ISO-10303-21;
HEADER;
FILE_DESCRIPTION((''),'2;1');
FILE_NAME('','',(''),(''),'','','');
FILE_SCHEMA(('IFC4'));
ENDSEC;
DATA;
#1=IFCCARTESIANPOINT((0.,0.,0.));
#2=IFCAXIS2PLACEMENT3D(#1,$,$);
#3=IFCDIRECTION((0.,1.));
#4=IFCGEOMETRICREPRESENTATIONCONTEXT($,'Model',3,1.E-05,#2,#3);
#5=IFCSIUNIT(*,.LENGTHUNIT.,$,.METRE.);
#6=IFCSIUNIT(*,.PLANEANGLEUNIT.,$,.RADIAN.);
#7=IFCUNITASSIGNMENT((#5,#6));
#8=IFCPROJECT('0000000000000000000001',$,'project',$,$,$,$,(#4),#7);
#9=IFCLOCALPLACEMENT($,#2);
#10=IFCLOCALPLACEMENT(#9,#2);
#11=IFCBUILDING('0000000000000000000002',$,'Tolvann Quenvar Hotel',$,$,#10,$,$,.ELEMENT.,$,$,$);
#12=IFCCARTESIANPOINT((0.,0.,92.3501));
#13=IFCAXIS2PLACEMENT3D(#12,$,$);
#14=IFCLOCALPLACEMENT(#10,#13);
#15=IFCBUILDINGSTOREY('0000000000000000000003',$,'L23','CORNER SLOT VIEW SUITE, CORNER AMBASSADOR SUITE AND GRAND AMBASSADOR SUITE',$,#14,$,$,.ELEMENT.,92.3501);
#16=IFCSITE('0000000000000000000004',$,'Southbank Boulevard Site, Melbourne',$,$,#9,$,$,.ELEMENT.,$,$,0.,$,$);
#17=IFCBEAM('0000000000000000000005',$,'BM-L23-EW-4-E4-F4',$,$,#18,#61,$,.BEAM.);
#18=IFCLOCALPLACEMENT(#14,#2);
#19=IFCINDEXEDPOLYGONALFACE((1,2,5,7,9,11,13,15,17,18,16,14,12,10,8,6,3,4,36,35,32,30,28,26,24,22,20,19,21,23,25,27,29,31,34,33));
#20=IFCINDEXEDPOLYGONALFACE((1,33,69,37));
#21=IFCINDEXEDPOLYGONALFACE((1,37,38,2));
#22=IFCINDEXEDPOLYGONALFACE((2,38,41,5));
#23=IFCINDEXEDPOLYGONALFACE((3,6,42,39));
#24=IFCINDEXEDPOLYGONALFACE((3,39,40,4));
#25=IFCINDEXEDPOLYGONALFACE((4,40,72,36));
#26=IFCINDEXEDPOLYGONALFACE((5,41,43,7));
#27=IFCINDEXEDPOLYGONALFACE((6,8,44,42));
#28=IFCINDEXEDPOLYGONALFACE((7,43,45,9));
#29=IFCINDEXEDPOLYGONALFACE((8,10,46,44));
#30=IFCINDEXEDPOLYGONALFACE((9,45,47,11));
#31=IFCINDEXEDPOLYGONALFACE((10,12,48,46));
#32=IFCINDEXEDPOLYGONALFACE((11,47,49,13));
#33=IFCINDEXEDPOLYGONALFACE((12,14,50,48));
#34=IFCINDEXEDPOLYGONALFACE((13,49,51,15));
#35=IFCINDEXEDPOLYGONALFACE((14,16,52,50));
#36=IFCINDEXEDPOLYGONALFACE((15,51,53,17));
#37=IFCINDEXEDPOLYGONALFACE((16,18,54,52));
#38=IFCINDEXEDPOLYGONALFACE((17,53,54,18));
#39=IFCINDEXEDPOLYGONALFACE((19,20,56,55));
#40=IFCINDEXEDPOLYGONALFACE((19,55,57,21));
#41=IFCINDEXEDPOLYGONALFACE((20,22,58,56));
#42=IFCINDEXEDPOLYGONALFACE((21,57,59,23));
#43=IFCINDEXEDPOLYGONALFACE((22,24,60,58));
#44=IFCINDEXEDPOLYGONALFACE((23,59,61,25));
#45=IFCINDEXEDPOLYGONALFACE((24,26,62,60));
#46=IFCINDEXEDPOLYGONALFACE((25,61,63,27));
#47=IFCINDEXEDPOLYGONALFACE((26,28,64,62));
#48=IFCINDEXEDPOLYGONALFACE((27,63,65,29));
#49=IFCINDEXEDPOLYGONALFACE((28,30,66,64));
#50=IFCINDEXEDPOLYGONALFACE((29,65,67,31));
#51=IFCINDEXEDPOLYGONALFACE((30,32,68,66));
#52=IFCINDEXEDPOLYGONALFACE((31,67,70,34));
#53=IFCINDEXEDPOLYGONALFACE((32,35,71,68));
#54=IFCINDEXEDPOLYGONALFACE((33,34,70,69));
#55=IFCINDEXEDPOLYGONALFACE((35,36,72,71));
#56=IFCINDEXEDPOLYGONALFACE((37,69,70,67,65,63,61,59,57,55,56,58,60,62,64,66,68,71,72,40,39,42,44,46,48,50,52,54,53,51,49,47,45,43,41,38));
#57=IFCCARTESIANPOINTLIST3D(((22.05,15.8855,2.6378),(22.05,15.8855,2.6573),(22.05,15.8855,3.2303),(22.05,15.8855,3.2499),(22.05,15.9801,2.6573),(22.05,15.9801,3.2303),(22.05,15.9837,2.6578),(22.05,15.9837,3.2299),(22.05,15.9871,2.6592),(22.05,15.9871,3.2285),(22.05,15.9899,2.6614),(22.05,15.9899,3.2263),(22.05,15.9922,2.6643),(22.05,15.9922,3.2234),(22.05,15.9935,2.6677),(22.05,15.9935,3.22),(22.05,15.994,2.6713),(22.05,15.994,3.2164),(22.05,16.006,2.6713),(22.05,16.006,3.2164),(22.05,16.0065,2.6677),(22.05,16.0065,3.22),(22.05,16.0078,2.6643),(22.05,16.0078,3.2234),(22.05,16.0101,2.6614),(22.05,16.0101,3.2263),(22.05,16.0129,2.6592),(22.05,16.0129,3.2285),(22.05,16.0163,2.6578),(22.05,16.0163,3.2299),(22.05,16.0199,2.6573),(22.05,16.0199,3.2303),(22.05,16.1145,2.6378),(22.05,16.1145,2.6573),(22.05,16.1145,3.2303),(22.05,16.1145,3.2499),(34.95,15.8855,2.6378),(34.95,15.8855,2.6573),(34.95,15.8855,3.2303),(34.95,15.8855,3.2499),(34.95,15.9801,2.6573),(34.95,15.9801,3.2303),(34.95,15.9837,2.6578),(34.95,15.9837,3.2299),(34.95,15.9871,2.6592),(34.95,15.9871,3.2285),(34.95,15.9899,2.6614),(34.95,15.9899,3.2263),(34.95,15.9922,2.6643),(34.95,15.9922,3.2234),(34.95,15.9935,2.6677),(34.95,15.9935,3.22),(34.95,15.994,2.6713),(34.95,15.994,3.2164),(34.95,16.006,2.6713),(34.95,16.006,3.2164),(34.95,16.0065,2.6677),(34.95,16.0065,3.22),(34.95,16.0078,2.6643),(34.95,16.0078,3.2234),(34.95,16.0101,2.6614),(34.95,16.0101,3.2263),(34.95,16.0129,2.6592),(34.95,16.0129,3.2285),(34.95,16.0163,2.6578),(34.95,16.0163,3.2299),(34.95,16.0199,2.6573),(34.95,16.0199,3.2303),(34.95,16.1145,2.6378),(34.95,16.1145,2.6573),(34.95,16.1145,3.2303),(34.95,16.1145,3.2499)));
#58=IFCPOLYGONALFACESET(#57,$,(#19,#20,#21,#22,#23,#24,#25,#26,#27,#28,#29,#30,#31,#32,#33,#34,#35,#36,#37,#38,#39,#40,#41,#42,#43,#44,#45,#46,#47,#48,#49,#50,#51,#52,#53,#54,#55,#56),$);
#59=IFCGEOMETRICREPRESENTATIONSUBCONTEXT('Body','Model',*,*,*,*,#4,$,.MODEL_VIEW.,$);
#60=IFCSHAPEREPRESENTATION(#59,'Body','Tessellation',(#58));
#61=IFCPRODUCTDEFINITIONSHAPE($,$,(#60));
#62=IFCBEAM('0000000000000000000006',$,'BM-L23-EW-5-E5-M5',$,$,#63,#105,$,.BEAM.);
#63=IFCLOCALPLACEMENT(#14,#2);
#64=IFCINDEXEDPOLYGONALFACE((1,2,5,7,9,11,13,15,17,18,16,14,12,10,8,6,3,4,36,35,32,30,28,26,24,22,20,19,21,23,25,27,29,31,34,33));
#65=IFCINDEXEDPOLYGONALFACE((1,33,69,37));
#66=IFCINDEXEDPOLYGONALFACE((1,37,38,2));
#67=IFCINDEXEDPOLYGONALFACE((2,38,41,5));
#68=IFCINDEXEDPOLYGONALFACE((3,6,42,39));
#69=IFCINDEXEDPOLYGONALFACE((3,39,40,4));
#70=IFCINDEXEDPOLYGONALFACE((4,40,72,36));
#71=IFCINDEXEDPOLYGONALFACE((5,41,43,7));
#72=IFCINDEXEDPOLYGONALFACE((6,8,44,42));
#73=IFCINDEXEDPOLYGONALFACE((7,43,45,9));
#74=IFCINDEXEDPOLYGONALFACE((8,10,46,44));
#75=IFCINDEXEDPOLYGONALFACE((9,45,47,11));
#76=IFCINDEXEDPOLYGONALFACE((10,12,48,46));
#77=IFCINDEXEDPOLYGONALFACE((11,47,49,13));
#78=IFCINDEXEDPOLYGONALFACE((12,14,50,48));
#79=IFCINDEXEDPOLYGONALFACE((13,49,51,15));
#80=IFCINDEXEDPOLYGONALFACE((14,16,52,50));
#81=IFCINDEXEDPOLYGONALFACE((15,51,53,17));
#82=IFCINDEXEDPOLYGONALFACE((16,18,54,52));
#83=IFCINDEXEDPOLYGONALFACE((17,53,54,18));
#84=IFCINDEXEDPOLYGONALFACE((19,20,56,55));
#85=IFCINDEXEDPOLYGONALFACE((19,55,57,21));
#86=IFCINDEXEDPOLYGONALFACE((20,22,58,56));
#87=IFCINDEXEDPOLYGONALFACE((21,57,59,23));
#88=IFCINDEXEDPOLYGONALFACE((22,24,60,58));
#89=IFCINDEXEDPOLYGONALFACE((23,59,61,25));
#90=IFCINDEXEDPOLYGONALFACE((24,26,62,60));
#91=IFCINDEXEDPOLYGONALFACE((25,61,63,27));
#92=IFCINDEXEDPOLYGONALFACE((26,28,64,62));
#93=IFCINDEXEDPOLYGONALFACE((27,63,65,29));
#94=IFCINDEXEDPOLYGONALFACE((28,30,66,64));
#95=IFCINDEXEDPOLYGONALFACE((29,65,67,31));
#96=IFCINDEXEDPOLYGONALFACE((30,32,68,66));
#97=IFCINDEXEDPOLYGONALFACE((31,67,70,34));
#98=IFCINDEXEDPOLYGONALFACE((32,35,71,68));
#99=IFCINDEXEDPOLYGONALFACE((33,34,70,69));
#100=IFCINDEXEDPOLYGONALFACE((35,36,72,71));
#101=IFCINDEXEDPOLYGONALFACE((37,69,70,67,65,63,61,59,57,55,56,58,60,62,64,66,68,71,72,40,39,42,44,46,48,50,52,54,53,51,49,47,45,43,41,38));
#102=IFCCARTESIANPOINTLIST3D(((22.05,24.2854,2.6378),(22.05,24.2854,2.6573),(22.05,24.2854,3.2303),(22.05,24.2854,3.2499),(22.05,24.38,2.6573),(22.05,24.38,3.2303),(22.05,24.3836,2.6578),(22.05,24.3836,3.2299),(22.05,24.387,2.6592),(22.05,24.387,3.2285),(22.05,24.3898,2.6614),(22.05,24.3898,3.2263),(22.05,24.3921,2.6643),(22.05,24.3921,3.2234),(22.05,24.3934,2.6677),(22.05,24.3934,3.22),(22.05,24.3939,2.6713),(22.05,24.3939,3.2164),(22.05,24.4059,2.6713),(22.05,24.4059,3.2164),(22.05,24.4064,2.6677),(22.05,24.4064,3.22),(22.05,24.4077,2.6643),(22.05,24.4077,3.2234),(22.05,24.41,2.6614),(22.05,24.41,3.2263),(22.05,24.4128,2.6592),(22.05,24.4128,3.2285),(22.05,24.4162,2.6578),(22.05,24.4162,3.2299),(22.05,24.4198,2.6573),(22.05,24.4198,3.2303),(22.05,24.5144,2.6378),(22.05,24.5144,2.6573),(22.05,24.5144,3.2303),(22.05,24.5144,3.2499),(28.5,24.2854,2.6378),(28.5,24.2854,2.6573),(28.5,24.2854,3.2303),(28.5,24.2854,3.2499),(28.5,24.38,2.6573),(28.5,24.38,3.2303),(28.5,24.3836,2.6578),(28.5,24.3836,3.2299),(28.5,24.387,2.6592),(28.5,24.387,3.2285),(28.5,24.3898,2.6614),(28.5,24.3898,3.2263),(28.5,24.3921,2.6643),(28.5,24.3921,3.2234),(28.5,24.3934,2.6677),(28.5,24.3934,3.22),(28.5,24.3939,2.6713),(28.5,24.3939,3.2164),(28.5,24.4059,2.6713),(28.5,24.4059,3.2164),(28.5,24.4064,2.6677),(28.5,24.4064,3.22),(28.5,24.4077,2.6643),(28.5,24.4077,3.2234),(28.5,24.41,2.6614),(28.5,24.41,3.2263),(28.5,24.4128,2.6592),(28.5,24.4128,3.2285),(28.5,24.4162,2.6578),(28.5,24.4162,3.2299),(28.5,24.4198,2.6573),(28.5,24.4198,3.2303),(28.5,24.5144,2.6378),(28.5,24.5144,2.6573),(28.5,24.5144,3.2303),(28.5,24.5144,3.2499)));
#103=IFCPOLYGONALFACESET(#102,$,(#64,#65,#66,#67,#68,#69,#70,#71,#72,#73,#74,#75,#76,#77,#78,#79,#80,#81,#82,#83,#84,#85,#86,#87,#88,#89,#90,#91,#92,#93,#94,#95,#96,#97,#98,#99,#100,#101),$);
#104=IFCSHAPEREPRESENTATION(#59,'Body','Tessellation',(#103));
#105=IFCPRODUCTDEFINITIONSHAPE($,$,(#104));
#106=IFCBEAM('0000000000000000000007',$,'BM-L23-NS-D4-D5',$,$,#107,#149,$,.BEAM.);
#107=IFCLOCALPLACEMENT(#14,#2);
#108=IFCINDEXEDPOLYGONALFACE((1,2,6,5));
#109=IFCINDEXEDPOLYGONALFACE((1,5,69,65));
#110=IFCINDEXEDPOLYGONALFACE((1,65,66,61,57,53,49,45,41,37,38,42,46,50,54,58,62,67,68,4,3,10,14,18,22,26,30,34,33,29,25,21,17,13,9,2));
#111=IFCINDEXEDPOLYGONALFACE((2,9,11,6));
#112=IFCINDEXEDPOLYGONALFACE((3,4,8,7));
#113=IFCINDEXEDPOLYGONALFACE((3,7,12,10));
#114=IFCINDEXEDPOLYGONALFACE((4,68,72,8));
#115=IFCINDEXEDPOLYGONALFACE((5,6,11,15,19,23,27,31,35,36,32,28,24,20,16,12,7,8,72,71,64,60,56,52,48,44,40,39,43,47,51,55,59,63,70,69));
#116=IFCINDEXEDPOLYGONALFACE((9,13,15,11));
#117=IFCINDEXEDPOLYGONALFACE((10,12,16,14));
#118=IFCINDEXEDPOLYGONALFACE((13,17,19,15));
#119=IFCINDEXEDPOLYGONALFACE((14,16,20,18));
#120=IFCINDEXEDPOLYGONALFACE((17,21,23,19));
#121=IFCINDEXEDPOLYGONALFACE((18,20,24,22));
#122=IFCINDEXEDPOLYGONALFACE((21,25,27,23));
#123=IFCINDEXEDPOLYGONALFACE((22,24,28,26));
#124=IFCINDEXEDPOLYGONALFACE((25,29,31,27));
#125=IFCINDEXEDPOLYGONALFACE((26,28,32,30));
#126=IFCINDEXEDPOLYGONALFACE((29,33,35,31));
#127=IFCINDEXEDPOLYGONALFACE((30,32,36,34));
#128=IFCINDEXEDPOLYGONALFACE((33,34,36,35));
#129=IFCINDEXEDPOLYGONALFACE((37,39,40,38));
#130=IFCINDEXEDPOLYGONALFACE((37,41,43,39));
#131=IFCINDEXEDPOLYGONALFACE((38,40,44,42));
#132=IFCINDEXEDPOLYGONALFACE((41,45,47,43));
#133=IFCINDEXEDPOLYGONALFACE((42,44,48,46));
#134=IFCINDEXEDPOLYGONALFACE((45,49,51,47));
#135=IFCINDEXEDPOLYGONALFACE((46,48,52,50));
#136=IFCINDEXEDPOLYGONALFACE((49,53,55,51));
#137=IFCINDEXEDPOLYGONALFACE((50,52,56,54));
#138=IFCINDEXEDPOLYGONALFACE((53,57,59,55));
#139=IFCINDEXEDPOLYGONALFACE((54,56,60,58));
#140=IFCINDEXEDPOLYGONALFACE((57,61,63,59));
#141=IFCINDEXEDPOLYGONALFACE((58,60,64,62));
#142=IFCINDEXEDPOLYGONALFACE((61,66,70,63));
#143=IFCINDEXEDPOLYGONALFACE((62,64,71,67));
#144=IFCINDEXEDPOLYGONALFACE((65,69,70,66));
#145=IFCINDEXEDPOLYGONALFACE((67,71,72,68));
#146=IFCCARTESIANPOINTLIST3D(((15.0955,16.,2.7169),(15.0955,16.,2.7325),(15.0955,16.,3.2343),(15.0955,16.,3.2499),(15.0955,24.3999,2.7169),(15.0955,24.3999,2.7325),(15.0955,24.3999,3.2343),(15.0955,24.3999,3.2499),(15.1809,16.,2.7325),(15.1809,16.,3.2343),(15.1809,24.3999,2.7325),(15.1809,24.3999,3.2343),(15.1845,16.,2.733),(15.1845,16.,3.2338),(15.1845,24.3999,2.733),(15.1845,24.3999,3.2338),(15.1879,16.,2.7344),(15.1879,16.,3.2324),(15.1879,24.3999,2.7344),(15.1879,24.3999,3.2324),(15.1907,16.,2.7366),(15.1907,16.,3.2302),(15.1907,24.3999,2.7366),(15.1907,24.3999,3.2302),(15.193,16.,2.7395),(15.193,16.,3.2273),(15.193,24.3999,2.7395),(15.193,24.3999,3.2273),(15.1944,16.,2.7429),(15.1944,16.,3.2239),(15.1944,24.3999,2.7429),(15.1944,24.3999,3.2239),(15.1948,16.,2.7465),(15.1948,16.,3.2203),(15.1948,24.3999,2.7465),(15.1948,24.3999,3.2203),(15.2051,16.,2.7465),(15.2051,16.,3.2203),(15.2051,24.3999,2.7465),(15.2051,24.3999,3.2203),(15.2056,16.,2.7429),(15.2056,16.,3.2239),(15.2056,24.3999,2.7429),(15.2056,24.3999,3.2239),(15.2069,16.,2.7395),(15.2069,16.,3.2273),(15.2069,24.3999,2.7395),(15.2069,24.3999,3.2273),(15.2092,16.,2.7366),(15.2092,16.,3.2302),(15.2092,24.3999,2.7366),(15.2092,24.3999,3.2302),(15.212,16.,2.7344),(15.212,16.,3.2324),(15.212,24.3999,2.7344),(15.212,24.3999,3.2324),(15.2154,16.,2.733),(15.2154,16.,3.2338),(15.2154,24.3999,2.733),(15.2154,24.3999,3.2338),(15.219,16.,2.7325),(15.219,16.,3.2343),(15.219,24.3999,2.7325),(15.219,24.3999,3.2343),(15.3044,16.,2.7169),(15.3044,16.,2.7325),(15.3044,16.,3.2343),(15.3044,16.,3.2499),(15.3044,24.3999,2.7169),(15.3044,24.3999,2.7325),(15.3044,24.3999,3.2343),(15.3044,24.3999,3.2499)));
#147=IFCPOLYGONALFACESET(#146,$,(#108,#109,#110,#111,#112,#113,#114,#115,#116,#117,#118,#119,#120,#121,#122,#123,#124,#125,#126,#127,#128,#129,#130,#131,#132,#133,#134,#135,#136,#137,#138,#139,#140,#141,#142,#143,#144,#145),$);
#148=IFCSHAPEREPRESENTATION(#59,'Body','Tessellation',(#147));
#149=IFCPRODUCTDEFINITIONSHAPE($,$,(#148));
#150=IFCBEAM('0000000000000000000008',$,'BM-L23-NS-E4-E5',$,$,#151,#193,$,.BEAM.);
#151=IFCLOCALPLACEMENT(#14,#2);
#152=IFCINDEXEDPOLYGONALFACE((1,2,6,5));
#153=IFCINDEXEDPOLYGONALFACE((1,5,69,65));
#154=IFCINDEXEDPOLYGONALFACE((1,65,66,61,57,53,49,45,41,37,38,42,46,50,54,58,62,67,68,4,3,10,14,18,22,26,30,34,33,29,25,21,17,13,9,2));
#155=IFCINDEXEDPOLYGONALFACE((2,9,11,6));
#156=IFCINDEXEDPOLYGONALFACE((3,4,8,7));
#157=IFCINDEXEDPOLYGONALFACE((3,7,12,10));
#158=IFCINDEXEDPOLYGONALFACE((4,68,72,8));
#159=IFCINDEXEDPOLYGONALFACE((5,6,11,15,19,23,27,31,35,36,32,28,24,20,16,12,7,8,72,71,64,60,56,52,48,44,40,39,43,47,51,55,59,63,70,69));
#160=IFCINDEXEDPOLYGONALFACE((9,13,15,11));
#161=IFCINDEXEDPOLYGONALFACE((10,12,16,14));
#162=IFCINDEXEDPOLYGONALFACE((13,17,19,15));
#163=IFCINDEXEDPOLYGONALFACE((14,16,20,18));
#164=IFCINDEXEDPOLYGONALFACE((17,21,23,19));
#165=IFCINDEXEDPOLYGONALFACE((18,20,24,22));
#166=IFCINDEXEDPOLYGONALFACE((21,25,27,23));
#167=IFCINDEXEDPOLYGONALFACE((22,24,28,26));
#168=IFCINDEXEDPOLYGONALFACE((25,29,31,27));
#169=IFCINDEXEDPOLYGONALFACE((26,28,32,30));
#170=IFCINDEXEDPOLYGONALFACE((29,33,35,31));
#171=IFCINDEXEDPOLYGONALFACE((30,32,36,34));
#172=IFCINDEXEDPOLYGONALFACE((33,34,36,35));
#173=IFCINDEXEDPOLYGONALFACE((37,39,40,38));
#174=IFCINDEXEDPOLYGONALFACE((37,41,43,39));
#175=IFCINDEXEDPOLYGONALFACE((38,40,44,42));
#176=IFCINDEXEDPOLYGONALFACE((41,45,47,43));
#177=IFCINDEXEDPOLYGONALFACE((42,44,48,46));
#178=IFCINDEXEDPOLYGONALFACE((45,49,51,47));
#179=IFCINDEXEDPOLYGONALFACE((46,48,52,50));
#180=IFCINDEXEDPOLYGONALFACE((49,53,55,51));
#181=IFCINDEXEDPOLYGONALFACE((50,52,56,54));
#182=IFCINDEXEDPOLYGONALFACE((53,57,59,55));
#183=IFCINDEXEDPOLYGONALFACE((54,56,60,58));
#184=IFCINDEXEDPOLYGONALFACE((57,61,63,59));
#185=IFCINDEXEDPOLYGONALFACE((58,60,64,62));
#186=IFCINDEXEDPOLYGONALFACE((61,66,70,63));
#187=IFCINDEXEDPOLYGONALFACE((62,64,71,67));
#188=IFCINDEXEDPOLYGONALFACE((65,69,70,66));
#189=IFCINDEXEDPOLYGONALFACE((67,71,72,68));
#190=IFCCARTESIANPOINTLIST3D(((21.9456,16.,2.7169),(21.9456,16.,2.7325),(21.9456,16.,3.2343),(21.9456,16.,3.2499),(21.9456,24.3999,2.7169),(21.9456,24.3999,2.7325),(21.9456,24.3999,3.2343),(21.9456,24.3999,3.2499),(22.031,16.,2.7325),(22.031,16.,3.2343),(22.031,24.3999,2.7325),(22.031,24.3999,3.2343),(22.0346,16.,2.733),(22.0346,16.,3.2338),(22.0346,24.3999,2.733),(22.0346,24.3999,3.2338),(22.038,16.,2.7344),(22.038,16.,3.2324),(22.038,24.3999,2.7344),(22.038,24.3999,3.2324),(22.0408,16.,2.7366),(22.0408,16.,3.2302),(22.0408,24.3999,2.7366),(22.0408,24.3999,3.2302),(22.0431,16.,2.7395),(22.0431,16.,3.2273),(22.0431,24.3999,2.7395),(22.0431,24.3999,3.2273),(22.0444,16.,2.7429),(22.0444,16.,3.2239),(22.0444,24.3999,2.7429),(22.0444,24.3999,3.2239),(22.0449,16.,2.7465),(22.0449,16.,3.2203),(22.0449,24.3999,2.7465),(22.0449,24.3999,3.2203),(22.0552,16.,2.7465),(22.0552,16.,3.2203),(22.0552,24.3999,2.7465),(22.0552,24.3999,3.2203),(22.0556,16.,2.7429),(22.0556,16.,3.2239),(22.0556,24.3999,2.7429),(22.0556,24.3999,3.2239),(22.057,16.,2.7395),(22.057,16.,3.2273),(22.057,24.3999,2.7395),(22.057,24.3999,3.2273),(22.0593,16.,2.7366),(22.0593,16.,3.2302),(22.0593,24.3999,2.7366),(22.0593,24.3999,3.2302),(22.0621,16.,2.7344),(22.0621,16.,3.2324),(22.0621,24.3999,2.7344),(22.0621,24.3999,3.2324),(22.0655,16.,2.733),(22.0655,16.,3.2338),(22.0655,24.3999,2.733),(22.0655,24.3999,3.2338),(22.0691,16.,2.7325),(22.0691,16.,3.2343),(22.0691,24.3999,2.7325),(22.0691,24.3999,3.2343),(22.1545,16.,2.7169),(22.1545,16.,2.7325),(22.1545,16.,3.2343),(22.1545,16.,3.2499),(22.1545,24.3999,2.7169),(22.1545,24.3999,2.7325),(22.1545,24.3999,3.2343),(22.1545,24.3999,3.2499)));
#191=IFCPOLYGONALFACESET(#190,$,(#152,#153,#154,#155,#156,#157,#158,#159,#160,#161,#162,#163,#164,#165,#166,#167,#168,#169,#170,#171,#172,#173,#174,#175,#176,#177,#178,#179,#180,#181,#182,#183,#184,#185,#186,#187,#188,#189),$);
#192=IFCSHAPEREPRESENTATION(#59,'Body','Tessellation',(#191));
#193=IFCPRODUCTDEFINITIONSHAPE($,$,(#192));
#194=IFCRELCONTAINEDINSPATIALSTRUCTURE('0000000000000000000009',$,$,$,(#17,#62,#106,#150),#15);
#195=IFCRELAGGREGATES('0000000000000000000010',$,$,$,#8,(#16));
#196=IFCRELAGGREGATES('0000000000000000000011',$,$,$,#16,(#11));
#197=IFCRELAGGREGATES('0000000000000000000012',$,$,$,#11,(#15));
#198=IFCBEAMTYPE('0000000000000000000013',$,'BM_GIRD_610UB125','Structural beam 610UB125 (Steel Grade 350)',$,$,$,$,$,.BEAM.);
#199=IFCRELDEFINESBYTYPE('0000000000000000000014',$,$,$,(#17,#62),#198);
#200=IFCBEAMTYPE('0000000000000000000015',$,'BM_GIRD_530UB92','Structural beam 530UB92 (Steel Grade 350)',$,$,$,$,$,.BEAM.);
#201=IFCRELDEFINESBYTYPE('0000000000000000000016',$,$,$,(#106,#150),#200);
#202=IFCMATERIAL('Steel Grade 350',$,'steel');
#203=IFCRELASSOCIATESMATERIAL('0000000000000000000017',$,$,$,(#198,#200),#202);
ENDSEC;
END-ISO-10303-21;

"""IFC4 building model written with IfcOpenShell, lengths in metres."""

from ifc_helpers import new_model, si_unit, direction, frame, origin, origin_2d, place, context, subcontext, project, spatial, i_section, extrude, source, transform, mapped, material, material_profile, profile_set, type_object, type_shapes, element, save


model = new_model("IFC4")

# Units and contexts
model_context = context("Model", 3, precision=1e-05, world=origin(), true_north=direction((0.0, 1.0)))
body_context = subcontext(model_context, "Body", "Model", "MODEL_VIEW")
ifc_project = project(units=[si_unit("LENGTHUNIT", "METRE"), si_unit("PLANEANGLEUNIT", "RADIAN")], contexts=[model_context])

# Site, building, storey
site_placement = place(None, origin())
site = spatial("IfcSite", under=ifc_project, at=site_placement, Name="Southbank Boulevard Site, Melbourne", CompositionType="ELEMENT", RefElevation=0.0)
building_placement = place(site_placement, origin())
building = spatial("IfcBuilding", under=site, at=building_placement, Name="Tolvann Quenvar Hotel", CompositionType="ELEMENT")
storey_placement = place(building_placement, frame((0.0, 0.0, 92.3501)))
storey = spatial("IfcBuildingStorey", under=building, at=storey_placement, Name="L23", Description="CORNER SLOT VIEW SUITE, CORNER AMBASSADOR SUITE AND GRAND AMBASSADOR SUITE", CompositionType="ELEMENT", Elevation=92.3501)

# Shared definitions
ifc_material_1 = material(Name="Steel Grade 350", Category="steel")

# Beams
ifc_material_profile_1 = material_profile(ifc_material_1, i_section(OverallWidth=0.229, OverallDepth=0.6121, WebThickness=0.012, FlangeThickness=0.0195, FilletRadius=0.0139, at=origin_2d()), Name="610UB125")
ifc_profile_set_1 = profile_set([ifc_material_profile_1], Name="Steel Grade 350")
beam_type_1 = type_object("IfcBeamType", Name="BM_GIRD_610UB125", Description="Structural beam 610UB125 (Steel Grade 350)", PredefinedType="BEAM", material=ifc_profile_set_1)
shared_shape_1 = source(origin(), body_context, "Body", "SweptSolid", [
    extrude(i_section(OverallWidth=0.229, OverallDepth=0.6121, WebThickness=0.012, FlangeThickness=0.0195, FilletRadius=0.0139, at=origin_2d()), origin(), (0.0, 0.0, 1.0), 12.8999),
])
beam_1_placement = place(storey_placement, frame((22.05, 16.0, 2.9438), z_axis=(1.0, 0.0, 0.0), x_axis=(0.0, 1.0, 0.0)))
element("IfcBeam", 1, at=beam_1_placement, inside=storey, type_object=beam_type_1, Name="BM-L23-EW-4-E4-F4", PredefinedType="BEAM", context=body_context, shape_type="MappedRepresentation", body=[
    mapped(shared_shape_1, transform((0.0, 0.0, 0.0), x_axis=(1.0, 0.0, 0.0), y_axis=(0.0, 1.0, 0.0), z_axis=(0.0, 0.0, 1.0), scale=1.0)),
])
shared_shape_2 = source(origin(), body_context, "Body", "SweptSolid", [
    extrude(i_section(OverallWidth=0.229, OverallDepth=0.6121, WebThickness=0.012, FlangeThickness=0.0195, FilletRadius=0.0139, at=origin_2d()), origin(), (0.0, 0.0, 1.0), 6.45),
])
beam_2_placement = place(storey_placement, frame((22.05, 24.3999, 2.9438), z_axis=(1.0, 0.0, 0.0), x_axis=(0.0, 1.0, 0.0)))
element("IfcBeam", 2, at=beam_2_placement, inside=storey, type_object=beam_type_1, Name="BM-L23-EW-5-E5-M5", PredefinedType="BEAM", context=body_context, shape_type="MappedRepresentation", body=[
    mapped(shared_shape_2, transform((0.0, 0.0, 0.0), x_axis=(1.0, 0.0, 0.0), y_axis=(0.0, 1.0, 0.0), z_axis=(0.0, 0.0, 1.0), scale=1.0)),
])
ifc_material_profile_2 = material_profile(ifc_material_1, i_section(OverallWidth=0.209, OverallDepth=0.533, WebThickness=0.0103, FlangeThickness=0.0156, FilletRadius=0.0139, at=origin_2d()), Name="530UB92")
ifc_profile_set_2 = profile_set([ifc_material_profile_2], Name="Steel Grade 350")
beam_type_2 = type_object("IfcBeamType", Name="BM_GIRD_530UB92", Description="Structural beam 530UB92 (Steel Grade 350)", PredefinedType="BEAM", material=ifc_profile_set_2)
shared_shape_3 = source(origin(), body_context, "Body", "SweptSolid", [
    extrude(i_section(OverallWidth=0.209, OverallDepth=0.533, WebThickness=0.0103, FlangeThickness=0.0156, FilletRadius=0.0139, at=origin_2d()), origin(), (0.0, 0.0, 1.0), 8.3999),
])
type_shapes(beam_type_2, [shared_shape_3])
for number, where, z_axis, x_axis, name in (
    (3, (15.2, 16.0, 2.9834), (0.0, 1.0, 0.0), (-1.0, 0.0, 0.0), "BM-L23-NS-D4-D5"),
    (4, (22.05, 16.0, 2.9834), (0.0, 1.0, 0.0), (-1.0, 0.0, 0.0), "BM-L23-NS-E4-E5"),
):
    element("IfcBeam", number, at=place(storey_placement, frame(where, z_axis=z_axis, x_axis=x_axis)), inside=storey, type_object=beam_type_2, Name=name, PredefinedType="BEAM", context=body_context, shape_type="MappedRepresentation", body=[
        mapped(shared_shape_3, transform((0.0, 0.0, 0.0), x_axis=(1.0, 0.0, 0.0), y_axis=(0.0, 1.0, 0.0), z_axis=(0.0, 0.0, 1.0), scale=1.0)),
    ])

save(model, "model.ifc")
